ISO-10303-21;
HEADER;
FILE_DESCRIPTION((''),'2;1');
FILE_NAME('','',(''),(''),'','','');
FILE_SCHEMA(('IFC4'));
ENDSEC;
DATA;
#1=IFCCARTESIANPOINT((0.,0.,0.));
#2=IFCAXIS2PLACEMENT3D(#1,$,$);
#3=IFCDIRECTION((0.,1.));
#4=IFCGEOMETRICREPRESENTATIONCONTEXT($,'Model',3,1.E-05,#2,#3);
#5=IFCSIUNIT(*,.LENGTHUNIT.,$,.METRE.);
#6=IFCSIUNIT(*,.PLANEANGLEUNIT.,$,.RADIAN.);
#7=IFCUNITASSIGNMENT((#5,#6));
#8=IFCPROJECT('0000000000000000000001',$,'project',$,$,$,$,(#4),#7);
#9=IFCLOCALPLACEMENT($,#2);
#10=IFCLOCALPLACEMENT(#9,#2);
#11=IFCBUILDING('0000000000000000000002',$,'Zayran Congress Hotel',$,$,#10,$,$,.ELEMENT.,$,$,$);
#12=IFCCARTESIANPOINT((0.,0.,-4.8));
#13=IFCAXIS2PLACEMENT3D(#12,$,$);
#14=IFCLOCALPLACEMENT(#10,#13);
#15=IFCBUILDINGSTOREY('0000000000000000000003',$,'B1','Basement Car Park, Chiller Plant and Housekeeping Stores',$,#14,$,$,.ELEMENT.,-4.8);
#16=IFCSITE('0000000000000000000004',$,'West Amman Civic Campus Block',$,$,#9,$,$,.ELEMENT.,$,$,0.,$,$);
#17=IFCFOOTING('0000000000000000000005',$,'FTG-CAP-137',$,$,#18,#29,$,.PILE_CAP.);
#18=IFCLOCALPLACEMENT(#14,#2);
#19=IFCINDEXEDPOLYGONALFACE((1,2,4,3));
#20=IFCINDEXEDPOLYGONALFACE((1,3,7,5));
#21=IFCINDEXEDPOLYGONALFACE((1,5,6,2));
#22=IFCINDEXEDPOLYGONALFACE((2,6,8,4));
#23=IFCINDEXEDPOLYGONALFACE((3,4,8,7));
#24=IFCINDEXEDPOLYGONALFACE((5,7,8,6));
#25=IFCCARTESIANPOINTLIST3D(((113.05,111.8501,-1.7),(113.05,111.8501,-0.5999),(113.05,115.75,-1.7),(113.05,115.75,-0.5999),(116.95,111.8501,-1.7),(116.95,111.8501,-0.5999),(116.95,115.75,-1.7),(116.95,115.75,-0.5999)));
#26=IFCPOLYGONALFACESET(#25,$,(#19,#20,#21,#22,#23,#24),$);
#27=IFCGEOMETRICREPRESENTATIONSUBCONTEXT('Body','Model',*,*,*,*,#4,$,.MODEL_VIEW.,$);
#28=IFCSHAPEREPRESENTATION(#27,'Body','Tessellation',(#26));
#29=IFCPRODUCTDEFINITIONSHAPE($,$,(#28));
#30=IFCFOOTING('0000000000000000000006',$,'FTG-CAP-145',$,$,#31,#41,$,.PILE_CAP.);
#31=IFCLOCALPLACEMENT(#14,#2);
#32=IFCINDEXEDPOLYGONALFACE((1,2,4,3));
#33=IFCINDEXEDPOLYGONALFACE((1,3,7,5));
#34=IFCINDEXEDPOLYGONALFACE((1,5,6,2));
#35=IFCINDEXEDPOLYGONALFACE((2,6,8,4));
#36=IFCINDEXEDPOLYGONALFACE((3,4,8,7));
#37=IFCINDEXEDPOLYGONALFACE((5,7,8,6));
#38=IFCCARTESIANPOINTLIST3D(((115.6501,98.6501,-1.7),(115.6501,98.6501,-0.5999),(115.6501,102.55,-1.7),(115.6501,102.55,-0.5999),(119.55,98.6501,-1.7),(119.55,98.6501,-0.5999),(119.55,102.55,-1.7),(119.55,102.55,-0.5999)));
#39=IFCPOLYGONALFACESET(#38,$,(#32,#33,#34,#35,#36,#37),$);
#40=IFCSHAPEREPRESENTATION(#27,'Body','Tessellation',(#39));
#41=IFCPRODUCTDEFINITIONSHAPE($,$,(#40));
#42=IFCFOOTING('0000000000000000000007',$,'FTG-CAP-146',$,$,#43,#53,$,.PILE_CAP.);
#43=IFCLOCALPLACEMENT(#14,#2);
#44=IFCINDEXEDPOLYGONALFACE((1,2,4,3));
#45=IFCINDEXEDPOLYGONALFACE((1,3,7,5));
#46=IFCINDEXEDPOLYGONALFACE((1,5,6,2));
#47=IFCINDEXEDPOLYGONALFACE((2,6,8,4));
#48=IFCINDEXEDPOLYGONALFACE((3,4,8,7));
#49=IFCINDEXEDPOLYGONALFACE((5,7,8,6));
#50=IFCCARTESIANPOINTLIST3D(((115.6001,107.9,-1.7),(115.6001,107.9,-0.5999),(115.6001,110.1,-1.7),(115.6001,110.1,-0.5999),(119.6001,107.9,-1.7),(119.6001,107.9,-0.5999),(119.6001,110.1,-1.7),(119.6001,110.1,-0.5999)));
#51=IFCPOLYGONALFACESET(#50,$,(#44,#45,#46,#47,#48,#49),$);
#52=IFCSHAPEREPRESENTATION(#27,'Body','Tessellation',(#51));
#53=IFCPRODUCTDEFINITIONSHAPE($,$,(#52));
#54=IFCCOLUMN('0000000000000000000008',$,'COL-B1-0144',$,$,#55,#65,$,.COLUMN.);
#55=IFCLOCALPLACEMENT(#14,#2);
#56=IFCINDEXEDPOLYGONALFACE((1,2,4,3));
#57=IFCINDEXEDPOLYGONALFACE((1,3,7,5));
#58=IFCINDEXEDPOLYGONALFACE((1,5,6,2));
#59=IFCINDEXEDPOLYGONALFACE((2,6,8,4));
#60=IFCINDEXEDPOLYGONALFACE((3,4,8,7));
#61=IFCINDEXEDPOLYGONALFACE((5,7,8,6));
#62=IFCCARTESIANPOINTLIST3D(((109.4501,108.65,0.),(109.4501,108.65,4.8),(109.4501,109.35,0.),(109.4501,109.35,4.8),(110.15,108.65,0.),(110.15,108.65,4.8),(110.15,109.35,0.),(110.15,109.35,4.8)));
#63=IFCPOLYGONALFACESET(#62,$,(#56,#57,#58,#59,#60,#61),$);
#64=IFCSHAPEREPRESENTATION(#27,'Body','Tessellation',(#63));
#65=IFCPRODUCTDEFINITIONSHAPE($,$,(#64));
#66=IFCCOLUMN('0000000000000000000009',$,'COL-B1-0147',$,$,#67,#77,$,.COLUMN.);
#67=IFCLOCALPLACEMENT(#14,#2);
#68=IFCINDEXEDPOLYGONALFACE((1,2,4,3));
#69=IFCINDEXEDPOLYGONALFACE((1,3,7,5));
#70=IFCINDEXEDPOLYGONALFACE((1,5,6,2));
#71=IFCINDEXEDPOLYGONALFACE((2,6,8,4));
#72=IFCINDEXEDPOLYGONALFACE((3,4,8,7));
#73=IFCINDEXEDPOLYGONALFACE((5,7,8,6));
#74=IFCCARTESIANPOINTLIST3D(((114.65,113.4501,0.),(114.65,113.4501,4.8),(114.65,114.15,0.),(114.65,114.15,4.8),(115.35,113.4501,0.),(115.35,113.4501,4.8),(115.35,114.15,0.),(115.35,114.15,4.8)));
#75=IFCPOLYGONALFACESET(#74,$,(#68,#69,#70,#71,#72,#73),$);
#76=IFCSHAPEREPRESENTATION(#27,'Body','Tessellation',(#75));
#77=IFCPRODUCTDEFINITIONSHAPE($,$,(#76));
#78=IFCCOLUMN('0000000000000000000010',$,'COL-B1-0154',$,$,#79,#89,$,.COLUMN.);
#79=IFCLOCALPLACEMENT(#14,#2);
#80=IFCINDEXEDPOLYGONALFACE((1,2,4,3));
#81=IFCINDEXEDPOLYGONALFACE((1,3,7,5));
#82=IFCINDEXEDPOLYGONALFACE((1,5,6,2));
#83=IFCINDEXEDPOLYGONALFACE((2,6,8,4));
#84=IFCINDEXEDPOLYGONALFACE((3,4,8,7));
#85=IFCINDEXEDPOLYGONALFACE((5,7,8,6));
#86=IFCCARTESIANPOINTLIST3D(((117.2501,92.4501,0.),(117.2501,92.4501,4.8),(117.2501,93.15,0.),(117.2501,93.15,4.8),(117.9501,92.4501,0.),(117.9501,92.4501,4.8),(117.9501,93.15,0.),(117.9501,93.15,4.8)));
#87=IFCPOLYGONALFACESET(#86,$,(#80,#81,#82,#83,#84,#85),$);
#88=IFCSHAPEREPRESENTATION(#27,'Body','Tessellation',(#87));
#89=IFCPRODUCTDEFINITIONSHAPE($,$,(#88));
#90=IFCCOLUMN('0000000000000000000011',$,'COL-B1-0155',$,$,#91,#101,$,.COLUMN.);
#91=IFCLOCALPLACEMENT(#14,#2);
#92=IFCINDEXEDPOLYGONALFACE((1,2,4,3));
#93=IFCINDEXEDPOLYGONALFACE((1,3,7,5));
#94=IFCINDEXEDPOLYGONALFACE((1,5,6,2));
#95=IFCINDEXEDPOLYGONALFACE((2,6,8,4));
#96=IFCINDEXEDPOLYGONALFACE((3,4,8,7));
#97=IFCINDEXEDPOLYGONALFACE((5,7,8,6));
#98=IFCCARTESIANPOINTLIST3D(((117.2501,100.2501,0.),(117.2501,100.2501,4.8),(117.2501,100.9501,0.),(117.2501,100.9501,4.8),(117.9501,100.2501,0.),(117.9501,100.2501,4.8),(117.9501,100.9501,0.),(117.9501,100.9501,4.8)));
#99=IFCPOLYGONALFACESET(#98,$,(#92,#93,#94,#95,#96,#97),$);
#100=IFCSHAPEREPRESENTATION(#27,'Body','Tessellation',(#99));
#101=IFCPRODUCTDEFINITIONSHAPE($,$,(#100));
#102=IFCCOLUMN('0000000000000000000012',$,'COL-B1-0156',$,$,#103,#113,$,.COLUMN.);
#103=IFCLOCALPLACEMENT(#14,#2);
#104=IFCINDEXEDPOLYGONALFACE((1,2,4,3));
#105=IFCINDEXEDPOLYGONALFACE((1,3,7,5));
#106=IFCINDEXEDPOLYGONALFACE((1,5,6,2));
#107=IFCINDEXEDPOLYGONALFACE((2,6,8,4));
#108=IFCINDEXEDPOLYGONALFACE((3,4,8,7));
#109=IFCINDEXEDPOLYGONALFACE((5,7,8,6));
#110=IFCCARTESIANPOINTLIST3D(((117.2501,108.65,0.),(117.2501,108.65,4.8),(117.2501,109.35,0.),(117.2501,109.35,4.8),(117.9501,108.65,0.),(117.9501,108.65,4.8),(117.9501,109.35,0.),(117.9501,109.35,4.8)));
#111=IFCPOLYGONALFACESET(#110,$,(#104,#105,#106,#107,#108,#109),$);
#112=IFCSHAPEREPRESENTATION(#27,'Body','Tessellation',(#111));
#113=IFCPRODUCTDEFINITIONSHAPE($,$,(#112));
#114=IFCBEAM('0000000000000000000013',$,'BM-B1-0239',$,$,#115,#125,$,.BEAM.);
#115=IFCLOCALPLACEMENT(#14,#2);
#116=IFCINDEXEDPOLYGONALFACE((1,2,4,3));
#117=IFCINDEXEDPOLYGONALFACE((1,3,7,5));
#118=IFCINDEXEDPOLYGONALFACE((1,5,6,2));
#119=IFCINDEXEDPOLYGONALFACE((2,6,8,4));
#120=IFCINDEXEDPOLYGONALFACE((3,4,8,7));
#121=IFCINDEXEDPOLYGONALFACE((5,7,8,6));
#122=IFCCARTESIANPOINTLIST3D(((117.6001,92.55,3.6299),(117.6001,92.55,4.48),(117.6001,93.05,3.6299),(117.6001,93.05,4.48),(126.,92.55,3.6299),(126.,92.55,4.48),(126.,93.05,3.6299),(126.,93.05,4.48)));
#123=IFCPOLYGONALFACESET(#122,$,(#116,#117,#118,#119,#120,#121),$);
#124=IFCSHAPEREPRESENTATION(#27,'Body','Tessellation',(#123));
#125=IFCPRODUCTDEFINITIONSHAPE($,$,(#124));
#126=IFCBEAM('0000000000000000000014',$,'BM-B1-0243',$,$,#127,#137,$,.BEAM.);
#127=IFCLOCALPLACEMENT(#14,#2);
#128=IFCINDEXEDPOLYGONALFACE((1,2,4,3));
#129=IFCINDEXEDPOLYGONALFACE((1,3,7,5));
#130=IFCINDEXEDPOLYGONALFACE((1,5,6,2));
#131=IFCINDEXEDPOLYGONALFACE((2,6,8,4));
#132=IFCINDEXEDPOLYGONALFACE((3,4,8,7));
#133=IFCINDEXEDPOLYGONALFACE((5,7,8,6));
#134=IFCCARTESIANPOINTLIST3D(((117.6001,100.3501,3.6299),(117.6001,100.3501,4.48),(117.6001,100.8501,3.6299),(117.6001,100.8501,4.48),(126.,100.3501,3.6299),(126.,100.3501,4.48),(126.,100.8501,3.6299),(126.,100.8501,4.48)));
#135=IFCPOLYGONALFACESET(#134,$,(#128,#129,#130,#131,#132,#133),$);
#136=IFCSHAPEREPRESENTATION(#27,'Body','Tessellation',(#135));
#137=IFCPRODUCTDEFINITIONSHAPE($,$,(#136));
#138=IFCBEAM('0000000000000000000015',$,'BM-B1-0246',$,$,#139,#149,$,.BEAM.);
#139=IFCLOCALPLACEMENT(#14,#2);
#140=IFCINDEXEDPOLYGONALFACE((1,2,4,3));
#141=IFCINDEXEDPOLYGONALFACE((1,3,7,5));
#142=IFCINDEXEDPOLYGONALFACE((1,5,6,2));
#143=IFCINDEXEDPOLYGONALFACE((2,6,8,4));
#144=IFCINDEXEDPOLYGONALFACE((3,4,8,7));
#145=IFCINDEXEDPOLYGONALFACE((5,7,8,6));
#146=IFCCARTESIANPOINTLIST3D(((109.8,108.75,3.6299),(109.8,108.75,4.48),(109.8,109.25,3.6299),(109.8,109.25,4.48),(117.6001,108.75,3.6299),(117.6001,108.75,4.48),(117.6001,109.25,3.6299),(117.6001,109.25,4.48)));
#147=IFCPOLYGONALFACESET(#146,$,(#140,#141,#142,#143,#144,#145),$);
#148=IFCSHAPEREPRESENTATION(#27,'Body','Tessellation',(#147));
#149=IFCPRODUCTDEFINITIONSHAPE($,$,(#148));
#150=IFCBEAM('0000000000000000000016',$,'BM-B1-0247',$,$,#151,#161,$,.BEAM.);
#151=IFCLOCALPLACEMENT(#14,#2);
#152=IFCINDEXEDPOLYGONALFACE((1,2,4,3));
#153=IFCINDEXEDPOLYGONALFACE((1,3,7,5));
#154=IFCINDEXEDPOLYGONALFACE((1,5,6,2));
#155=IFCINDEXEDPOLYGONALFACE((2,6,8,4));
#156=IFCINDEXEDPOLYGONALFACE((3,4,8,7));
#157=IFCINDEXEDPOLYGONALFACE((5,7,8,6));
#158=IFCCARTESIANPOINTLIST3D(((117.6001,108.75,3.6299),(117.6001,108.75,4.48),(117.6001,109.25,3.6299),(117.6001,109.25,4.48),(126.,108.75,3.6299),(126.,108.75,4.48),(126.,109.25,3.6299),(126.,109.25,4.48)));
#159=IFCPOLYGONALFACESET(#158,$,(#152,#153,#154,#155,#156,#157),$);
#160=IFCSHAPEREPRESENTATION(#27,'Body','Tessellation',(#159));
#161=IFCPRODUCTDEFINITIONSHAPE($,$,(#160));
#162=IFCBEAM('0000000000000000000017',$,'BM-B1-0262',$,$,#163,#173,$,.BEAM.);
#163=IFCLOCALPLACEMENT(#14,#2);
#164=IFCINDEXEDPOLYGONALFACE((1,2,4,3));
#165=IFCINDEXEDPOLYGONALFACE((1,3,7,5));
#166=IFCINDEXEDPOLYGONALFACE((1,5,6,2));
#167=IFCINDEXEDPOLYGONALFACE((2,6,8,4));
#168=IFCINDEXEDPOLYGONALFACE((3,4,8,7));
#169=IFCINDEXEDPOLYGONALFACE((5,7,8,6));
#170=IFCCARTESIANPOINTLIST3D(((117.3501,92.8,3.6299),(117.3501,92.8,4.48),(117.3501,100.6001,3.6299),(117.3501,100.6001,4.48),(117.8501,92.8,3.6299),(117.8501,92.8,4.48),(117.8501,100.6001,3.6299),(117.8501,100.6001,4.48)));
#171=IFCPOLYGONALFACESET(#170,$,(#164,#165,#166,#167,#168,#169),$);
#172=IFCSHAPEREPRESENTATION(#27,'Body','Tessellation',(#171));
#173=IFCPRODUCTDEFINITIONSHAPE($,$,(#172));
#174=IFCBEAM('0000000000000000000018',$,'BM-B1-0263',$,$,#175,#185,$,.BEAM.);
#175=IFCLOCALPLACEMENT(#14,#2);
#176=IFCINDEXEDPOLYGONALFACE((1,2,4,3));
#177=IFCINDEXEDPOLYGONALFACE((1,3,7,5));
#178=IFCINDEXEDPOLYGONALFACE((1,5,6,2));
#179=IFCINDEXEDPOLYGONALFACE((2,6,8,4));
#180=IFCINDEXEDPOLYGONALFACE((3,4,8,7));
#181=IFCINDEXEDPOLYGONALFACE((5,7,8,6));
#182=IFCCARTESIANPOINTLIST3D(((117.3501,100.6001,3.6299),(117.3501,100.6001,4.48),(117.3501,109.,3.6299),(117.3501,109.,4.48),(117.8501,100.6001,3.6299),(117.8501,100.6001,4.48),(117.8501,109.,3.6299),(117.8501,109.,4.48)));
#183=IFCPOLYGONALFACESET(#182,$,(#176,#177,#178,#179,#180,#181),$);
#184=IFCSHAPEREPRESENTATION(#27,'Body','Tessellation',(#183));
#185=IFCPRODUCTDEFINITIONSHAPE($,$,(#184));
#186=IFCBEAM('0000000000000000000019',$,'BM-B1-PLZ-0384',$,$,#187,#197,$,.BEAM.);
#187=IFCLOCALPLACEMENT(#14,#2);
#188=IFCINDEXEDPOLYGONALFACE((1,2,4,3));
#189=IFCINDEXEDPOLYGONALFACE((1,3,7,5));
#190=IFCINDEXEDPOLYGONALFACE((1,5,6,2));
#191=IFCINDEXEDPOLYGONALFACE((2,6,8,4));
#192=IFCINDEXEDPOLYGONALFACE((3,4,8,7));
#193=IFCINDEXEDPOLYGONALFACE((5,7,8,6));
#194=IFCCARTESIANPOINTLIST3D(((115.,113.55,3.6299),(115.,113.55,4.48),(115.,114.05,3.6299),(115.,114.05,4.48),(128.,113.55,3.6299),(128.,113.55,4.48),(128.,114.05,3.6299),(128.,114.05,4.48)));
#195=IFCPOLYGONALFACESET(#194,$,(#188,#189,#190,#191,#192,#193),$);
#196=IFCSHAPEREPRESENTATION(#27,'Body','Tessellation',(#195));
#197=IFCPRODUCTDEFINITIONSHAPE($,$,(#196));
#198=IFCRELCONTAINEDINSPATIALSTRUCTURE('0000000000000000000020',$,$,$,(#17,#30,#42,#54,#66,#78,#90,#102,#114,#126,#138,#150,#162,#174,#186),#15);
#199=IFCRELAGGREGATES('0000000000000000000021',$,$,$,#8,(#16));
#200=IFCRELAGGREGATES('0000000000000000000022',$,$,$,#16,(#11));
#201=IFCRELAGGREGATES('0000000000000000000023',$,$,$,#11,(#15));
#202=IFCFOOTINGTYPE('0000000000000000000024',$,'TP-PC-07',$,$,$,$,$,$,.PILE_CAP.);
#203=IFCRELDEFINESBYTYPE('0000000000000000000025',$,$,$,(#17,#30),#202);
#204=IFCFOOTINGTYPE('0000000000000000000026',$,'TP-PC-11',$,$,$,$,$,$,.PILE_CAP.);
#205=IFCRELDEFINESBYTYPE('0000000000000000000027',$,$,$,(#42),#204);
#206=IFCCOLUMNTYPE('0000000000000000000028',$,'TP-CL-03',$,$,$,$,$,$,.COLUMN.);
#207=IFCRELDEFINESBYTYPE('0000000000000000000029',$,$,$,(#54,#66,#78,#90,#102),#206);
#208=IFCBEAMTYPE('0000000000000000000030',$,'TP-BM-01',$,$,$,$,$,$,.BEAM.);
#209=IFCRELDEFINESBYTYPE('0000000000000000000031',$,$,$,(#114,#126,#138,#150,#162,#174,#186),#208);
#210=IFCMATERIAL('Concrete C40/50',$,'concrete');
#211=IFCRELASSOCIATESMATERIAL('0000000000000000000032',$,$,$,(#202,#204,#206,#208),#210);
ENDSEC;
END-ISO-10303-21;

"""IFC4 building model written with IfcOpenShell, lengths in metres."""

from ifc_helpers import new_model, si_unit, direction, frame, origin, origin_2d, place, context, subcontext, project, spatial, rectangle, extrude, material, material_profile, profile_set, type_object, element, save


model = new_model("IFC4")

# Units and contexts
model_context = context("Model", 3, precision=1e-05, world=origin(), true_north=direction((0.0, 1.0)))
body_context = subcontext(model_context, "Body", "Model", "MODEL_VIEW")
ifc_project = project(units=[si_unit("LENGTHUNIT", "METRE"), si_unit("PLANEANGLEUNIT", "RADIAN")], contexts=[model_context])

# Site, building, storey
site_placement = place(None, origin())
site = spatial("IfcSite", under=ifc_project, at=site_placement, Name="West Amman Civic Campus Block", CompositionType="ELEMENT", RefElevation=0.0)
building_placement = place(site_placement, origin())
building = spatial("IfcBuilding", under=site, at=building_placement, Name="Zayran Congress Hotel", CompositionType="ELEMENT")
storey_placement = place(building_placement, frame((0.0, 0.0, -4.8)))
storey = spatial("IfcBuildingStorey", under=building, at=storey_placement, Name="B1", Description="Basement Car Park, Chiller Plant and Housekeeping Stores", CompositionType="ELEMENT", Elevation=-4.8)

# Shared definitions
ifc_material = material(Name="Concrete C40/50", Category="concrete")

# Footings
footing_type_1 = type_object("IfcFootingType", Name="TP-PC-07", PredefinedType="PILE_CAP", material=ifc_material)
for number, where, z_axis, x_axis, name in (
    (1, (115.0, 113.8, -1.7), (0.0, 0.0, 1.0), (1.0, 0.0, 0.0), "FTG-CAP-137"),
    (2, (117.6001, 100.6001, -1.7), (0.0, 0.0, 1.0), (1.0, 0.0, 0.0), "FTG-CAP-145"),
):
    element("IfcFooting", number, at=place(storey_placement, frame(where, z_axis=z_axis, x_axis=x_axis)), inside=storey, type_object=footing_type_1, Name=name, PredefinedType="PILE_CAP", context=body_context, shape_type="SweptSolid", body=[
        extrude(rectangle(XDim=3.8999, YDim=3.8999, at=origin_2d()), origin(), (0.0, 0.0, 1.0), 1.1001),
    ])
footing_type_2 = type_object("IfcFootingType", Name="TP-PC-11", PredefinedType="PILE_CAP", material=ifc_material)
footing_1_placement = place(storey_placement, frame((117.6001, 109.0, -1.7), z_axis=(0.0, 0.0, 1.0), x_axis=(1.0, 0.0, 0.0)))
element("IfcFooting", 3, at=footing_1_placement, inside=storey, type_object=footing_type_2, Name="FTG-CAP-146", PredefinedType="PILE_CAP", context=body_context, shape_type="SweptSolid", body=[
    extrude(rectangle(XDim=4.0, YDim=2.2, at=origin_2d()), origin(), (0.0, 0.0, 1.0), 1.1001),
])

# Columns
ifc_material_profile_1 = material_profile(ifc_material, rectangle(XDim=0.7, YDim=0.7, at=origin_2d()), Name="RC 700x700")
ifc_profile_set_1 = profile_set([ifc_material_profile_1], Name="Concrete C40/50")
column_type = type_object("IfcColumnType", Name="TP-CL-03", PredefinedType="COLUMN", material=ifc_profile_set_1)
for number, where, z_axis, x_axis, name in (
    (4, (109.8, 109.0, 0.0), (0.0, 0.0, 1.0), (1.0, 0.0, 0.0), "COL-B1-0144"),
    (5, (115.0, 113.8, 0.0), (0.0, 0.0, 1.0), (1.0, 0.0, 0.0), "COL-B1-0147"),
    (6, (117.6001, 92.8, 0.0), (0.0, 0.0, 1.0), (1.0, 0.0, 0.0), "COL-B1-0154"),
    (7, (117.6001, 100.6001, 0.0), (0.0, 0.0, 1.0), (1.0, 0.0, 0.0), "COL-B1-0155"),
    (8, (117.6001, 109.0, 0.0), (0.0, 0.0, 1.0), (1.0, 0.0, 0.0), "COL-B1-0156"),
):
    element("IfcColumn", number, at=place(storey_placement, frame(where, z_axis=z_axis, x_axis=x_axis)), inside=storey, type_object=column_type, Name=name, PredefinedType="COLUMN", context=body_context, shape_type="SweptSolid", body=[
        extrude(rectangle(XDim=0.7, YDim=0.7, at=origin_2d()), origin(), (0.0, 0.0, 1.0), 4.8),
    ])

# Beams
ifc_material_profile_2 = material_profile(ifc_material, rectangle(XDim=0.5, YDim=0.8501, at=origin_2d()), Name="RC 500x850")
ifc_profile_set_2 = profile_set([ifc_material_profile_2], Name="Concrete C40/50")
beam_type = type_object("IfcBeamType", Name="TP-BM-01", PredefinedType="BEAM", material=ifc_profile_set_2)
for number, where, z_axis, x_axis, name in (
    (9, (117.6001, 92.8, 4.0549), (1.0, 0.0, 0.0), (0.0, 1.0, 0.0), "BM-B1-0239"),
    (10, (117.6001, 100.6001, 4.0549), (1.0, 0.0, 0.0), (0.0, 1.0, 0.0), "BM-B1-0243"),
):
    element("IfcBeam", number, at=place(storey_placement, frame(where, z_axis=z_axis, x_axis=x_axis)), inside=storey, type_object=beam_type, Name=name, PredefinedType="BEAM", context=body_context, shape_type="SweptSolid", body=[
        extrude(rectangle(XDim=0.5, YDim=0.8501, at=origin_2d()), origin(), (0.0, 0.0, 1.0), 8.3999),
    ])
beam_1_placement = place(storey_placement, frame((109.8, 109.0, 4.0549), z_axis=(1.0, 0.0, 0.0), x_axis=(0.0, 1.0, 0.0)))
element("IfcBeam", 11, at=beam_1_placement, inside=storey, type_object=beam_type, Name="BM-B1-0246", PredefinedType="BEAM", context=body_context, shape_type="SweptSolid", body=[
    extrude(rectangle(XDim=0.5, YDim=0.8501, at=origin_2d()), origin(), (0.0, 0.0, 1.0), 7.8),
])
beam_2_placement = place(storey_placement, frame((117.6001, 109.0, 4.0549), z_axis=(1.0, 0.0, 0.0), x_axis=(0.0, 1.0, 0.0)))
element("IfcBeam", 12, at=beam_2_placement, inside=storey, type_object=beam_type, Name="BM-B1-0247", PredefinedType="BEAM", context=body_context, shape_type="SweptSolid", body=[
    extrude(rectangle(XDim=0.5, YDim=0.8501, at=origin_2d()), origin(), (0.0, 0.0, 1.0), 8.3999),
])
beam_3_placement = place(storey_placement, frame((117.6001, 92.8, 4.0549), z_axis=(0.0, 1.0, 0.0), x_axis=(-1.0, 0.0, 0.0)))
element("IfcBeam", 13, at=beam_3_placement, inside=storey, type_object=beam_type, Name="BM-B1-0262", PredefinedType="BEAM", context=body_context, shape_type="SweptSolid", body=[
    extrude(rectangle(XDim=0.5, YDim=0.8501, at=origin_2d()), origin(), (0.0, 0.0, 1.0), 7.8),
])
beam_4_placement = place(storey_placement, frame((117.6001, 100.6001, 4.0549), z_axis=(0.0, 1.0, 0.0), x_axis=(-1.0, 0.0, 0.0)))
element("IfcBeam", 14, at=beam_4_placement, inside=storey, type_object=beam_type, Name="BM-B1-0263", PredefinedType="BEAM", context=body_context, shape_type="SweptSolid", body=[
    extrude(rectangle(XDim=0.5, YDim=0.8501, at=origin_2d()), origin(), (0.0, 0.0, 1.0), 8.3999),
])
beam_5_placement = place(storey_placement, frame((115.0, 113.8, 4.0549), z_axis=(1.0, 0.0, 0.0), x_axis=(0.0, 1.0, 0.0)))
element("IfcBeam", 15, at=beam_5_placement, inside=storey, type_object=beam_type, Name="BM-B1-PLZ-0384", PredefinedType="BEAM", context=body_context, shape_type="SweptSolid", body=[
    extrude(rectangle(XDim=0.5, YDim=0.8501, at=origin_2d()), origin(), (0.0, 0.0, 1.0), 13.0),
])

save(model, "model.ifc")
